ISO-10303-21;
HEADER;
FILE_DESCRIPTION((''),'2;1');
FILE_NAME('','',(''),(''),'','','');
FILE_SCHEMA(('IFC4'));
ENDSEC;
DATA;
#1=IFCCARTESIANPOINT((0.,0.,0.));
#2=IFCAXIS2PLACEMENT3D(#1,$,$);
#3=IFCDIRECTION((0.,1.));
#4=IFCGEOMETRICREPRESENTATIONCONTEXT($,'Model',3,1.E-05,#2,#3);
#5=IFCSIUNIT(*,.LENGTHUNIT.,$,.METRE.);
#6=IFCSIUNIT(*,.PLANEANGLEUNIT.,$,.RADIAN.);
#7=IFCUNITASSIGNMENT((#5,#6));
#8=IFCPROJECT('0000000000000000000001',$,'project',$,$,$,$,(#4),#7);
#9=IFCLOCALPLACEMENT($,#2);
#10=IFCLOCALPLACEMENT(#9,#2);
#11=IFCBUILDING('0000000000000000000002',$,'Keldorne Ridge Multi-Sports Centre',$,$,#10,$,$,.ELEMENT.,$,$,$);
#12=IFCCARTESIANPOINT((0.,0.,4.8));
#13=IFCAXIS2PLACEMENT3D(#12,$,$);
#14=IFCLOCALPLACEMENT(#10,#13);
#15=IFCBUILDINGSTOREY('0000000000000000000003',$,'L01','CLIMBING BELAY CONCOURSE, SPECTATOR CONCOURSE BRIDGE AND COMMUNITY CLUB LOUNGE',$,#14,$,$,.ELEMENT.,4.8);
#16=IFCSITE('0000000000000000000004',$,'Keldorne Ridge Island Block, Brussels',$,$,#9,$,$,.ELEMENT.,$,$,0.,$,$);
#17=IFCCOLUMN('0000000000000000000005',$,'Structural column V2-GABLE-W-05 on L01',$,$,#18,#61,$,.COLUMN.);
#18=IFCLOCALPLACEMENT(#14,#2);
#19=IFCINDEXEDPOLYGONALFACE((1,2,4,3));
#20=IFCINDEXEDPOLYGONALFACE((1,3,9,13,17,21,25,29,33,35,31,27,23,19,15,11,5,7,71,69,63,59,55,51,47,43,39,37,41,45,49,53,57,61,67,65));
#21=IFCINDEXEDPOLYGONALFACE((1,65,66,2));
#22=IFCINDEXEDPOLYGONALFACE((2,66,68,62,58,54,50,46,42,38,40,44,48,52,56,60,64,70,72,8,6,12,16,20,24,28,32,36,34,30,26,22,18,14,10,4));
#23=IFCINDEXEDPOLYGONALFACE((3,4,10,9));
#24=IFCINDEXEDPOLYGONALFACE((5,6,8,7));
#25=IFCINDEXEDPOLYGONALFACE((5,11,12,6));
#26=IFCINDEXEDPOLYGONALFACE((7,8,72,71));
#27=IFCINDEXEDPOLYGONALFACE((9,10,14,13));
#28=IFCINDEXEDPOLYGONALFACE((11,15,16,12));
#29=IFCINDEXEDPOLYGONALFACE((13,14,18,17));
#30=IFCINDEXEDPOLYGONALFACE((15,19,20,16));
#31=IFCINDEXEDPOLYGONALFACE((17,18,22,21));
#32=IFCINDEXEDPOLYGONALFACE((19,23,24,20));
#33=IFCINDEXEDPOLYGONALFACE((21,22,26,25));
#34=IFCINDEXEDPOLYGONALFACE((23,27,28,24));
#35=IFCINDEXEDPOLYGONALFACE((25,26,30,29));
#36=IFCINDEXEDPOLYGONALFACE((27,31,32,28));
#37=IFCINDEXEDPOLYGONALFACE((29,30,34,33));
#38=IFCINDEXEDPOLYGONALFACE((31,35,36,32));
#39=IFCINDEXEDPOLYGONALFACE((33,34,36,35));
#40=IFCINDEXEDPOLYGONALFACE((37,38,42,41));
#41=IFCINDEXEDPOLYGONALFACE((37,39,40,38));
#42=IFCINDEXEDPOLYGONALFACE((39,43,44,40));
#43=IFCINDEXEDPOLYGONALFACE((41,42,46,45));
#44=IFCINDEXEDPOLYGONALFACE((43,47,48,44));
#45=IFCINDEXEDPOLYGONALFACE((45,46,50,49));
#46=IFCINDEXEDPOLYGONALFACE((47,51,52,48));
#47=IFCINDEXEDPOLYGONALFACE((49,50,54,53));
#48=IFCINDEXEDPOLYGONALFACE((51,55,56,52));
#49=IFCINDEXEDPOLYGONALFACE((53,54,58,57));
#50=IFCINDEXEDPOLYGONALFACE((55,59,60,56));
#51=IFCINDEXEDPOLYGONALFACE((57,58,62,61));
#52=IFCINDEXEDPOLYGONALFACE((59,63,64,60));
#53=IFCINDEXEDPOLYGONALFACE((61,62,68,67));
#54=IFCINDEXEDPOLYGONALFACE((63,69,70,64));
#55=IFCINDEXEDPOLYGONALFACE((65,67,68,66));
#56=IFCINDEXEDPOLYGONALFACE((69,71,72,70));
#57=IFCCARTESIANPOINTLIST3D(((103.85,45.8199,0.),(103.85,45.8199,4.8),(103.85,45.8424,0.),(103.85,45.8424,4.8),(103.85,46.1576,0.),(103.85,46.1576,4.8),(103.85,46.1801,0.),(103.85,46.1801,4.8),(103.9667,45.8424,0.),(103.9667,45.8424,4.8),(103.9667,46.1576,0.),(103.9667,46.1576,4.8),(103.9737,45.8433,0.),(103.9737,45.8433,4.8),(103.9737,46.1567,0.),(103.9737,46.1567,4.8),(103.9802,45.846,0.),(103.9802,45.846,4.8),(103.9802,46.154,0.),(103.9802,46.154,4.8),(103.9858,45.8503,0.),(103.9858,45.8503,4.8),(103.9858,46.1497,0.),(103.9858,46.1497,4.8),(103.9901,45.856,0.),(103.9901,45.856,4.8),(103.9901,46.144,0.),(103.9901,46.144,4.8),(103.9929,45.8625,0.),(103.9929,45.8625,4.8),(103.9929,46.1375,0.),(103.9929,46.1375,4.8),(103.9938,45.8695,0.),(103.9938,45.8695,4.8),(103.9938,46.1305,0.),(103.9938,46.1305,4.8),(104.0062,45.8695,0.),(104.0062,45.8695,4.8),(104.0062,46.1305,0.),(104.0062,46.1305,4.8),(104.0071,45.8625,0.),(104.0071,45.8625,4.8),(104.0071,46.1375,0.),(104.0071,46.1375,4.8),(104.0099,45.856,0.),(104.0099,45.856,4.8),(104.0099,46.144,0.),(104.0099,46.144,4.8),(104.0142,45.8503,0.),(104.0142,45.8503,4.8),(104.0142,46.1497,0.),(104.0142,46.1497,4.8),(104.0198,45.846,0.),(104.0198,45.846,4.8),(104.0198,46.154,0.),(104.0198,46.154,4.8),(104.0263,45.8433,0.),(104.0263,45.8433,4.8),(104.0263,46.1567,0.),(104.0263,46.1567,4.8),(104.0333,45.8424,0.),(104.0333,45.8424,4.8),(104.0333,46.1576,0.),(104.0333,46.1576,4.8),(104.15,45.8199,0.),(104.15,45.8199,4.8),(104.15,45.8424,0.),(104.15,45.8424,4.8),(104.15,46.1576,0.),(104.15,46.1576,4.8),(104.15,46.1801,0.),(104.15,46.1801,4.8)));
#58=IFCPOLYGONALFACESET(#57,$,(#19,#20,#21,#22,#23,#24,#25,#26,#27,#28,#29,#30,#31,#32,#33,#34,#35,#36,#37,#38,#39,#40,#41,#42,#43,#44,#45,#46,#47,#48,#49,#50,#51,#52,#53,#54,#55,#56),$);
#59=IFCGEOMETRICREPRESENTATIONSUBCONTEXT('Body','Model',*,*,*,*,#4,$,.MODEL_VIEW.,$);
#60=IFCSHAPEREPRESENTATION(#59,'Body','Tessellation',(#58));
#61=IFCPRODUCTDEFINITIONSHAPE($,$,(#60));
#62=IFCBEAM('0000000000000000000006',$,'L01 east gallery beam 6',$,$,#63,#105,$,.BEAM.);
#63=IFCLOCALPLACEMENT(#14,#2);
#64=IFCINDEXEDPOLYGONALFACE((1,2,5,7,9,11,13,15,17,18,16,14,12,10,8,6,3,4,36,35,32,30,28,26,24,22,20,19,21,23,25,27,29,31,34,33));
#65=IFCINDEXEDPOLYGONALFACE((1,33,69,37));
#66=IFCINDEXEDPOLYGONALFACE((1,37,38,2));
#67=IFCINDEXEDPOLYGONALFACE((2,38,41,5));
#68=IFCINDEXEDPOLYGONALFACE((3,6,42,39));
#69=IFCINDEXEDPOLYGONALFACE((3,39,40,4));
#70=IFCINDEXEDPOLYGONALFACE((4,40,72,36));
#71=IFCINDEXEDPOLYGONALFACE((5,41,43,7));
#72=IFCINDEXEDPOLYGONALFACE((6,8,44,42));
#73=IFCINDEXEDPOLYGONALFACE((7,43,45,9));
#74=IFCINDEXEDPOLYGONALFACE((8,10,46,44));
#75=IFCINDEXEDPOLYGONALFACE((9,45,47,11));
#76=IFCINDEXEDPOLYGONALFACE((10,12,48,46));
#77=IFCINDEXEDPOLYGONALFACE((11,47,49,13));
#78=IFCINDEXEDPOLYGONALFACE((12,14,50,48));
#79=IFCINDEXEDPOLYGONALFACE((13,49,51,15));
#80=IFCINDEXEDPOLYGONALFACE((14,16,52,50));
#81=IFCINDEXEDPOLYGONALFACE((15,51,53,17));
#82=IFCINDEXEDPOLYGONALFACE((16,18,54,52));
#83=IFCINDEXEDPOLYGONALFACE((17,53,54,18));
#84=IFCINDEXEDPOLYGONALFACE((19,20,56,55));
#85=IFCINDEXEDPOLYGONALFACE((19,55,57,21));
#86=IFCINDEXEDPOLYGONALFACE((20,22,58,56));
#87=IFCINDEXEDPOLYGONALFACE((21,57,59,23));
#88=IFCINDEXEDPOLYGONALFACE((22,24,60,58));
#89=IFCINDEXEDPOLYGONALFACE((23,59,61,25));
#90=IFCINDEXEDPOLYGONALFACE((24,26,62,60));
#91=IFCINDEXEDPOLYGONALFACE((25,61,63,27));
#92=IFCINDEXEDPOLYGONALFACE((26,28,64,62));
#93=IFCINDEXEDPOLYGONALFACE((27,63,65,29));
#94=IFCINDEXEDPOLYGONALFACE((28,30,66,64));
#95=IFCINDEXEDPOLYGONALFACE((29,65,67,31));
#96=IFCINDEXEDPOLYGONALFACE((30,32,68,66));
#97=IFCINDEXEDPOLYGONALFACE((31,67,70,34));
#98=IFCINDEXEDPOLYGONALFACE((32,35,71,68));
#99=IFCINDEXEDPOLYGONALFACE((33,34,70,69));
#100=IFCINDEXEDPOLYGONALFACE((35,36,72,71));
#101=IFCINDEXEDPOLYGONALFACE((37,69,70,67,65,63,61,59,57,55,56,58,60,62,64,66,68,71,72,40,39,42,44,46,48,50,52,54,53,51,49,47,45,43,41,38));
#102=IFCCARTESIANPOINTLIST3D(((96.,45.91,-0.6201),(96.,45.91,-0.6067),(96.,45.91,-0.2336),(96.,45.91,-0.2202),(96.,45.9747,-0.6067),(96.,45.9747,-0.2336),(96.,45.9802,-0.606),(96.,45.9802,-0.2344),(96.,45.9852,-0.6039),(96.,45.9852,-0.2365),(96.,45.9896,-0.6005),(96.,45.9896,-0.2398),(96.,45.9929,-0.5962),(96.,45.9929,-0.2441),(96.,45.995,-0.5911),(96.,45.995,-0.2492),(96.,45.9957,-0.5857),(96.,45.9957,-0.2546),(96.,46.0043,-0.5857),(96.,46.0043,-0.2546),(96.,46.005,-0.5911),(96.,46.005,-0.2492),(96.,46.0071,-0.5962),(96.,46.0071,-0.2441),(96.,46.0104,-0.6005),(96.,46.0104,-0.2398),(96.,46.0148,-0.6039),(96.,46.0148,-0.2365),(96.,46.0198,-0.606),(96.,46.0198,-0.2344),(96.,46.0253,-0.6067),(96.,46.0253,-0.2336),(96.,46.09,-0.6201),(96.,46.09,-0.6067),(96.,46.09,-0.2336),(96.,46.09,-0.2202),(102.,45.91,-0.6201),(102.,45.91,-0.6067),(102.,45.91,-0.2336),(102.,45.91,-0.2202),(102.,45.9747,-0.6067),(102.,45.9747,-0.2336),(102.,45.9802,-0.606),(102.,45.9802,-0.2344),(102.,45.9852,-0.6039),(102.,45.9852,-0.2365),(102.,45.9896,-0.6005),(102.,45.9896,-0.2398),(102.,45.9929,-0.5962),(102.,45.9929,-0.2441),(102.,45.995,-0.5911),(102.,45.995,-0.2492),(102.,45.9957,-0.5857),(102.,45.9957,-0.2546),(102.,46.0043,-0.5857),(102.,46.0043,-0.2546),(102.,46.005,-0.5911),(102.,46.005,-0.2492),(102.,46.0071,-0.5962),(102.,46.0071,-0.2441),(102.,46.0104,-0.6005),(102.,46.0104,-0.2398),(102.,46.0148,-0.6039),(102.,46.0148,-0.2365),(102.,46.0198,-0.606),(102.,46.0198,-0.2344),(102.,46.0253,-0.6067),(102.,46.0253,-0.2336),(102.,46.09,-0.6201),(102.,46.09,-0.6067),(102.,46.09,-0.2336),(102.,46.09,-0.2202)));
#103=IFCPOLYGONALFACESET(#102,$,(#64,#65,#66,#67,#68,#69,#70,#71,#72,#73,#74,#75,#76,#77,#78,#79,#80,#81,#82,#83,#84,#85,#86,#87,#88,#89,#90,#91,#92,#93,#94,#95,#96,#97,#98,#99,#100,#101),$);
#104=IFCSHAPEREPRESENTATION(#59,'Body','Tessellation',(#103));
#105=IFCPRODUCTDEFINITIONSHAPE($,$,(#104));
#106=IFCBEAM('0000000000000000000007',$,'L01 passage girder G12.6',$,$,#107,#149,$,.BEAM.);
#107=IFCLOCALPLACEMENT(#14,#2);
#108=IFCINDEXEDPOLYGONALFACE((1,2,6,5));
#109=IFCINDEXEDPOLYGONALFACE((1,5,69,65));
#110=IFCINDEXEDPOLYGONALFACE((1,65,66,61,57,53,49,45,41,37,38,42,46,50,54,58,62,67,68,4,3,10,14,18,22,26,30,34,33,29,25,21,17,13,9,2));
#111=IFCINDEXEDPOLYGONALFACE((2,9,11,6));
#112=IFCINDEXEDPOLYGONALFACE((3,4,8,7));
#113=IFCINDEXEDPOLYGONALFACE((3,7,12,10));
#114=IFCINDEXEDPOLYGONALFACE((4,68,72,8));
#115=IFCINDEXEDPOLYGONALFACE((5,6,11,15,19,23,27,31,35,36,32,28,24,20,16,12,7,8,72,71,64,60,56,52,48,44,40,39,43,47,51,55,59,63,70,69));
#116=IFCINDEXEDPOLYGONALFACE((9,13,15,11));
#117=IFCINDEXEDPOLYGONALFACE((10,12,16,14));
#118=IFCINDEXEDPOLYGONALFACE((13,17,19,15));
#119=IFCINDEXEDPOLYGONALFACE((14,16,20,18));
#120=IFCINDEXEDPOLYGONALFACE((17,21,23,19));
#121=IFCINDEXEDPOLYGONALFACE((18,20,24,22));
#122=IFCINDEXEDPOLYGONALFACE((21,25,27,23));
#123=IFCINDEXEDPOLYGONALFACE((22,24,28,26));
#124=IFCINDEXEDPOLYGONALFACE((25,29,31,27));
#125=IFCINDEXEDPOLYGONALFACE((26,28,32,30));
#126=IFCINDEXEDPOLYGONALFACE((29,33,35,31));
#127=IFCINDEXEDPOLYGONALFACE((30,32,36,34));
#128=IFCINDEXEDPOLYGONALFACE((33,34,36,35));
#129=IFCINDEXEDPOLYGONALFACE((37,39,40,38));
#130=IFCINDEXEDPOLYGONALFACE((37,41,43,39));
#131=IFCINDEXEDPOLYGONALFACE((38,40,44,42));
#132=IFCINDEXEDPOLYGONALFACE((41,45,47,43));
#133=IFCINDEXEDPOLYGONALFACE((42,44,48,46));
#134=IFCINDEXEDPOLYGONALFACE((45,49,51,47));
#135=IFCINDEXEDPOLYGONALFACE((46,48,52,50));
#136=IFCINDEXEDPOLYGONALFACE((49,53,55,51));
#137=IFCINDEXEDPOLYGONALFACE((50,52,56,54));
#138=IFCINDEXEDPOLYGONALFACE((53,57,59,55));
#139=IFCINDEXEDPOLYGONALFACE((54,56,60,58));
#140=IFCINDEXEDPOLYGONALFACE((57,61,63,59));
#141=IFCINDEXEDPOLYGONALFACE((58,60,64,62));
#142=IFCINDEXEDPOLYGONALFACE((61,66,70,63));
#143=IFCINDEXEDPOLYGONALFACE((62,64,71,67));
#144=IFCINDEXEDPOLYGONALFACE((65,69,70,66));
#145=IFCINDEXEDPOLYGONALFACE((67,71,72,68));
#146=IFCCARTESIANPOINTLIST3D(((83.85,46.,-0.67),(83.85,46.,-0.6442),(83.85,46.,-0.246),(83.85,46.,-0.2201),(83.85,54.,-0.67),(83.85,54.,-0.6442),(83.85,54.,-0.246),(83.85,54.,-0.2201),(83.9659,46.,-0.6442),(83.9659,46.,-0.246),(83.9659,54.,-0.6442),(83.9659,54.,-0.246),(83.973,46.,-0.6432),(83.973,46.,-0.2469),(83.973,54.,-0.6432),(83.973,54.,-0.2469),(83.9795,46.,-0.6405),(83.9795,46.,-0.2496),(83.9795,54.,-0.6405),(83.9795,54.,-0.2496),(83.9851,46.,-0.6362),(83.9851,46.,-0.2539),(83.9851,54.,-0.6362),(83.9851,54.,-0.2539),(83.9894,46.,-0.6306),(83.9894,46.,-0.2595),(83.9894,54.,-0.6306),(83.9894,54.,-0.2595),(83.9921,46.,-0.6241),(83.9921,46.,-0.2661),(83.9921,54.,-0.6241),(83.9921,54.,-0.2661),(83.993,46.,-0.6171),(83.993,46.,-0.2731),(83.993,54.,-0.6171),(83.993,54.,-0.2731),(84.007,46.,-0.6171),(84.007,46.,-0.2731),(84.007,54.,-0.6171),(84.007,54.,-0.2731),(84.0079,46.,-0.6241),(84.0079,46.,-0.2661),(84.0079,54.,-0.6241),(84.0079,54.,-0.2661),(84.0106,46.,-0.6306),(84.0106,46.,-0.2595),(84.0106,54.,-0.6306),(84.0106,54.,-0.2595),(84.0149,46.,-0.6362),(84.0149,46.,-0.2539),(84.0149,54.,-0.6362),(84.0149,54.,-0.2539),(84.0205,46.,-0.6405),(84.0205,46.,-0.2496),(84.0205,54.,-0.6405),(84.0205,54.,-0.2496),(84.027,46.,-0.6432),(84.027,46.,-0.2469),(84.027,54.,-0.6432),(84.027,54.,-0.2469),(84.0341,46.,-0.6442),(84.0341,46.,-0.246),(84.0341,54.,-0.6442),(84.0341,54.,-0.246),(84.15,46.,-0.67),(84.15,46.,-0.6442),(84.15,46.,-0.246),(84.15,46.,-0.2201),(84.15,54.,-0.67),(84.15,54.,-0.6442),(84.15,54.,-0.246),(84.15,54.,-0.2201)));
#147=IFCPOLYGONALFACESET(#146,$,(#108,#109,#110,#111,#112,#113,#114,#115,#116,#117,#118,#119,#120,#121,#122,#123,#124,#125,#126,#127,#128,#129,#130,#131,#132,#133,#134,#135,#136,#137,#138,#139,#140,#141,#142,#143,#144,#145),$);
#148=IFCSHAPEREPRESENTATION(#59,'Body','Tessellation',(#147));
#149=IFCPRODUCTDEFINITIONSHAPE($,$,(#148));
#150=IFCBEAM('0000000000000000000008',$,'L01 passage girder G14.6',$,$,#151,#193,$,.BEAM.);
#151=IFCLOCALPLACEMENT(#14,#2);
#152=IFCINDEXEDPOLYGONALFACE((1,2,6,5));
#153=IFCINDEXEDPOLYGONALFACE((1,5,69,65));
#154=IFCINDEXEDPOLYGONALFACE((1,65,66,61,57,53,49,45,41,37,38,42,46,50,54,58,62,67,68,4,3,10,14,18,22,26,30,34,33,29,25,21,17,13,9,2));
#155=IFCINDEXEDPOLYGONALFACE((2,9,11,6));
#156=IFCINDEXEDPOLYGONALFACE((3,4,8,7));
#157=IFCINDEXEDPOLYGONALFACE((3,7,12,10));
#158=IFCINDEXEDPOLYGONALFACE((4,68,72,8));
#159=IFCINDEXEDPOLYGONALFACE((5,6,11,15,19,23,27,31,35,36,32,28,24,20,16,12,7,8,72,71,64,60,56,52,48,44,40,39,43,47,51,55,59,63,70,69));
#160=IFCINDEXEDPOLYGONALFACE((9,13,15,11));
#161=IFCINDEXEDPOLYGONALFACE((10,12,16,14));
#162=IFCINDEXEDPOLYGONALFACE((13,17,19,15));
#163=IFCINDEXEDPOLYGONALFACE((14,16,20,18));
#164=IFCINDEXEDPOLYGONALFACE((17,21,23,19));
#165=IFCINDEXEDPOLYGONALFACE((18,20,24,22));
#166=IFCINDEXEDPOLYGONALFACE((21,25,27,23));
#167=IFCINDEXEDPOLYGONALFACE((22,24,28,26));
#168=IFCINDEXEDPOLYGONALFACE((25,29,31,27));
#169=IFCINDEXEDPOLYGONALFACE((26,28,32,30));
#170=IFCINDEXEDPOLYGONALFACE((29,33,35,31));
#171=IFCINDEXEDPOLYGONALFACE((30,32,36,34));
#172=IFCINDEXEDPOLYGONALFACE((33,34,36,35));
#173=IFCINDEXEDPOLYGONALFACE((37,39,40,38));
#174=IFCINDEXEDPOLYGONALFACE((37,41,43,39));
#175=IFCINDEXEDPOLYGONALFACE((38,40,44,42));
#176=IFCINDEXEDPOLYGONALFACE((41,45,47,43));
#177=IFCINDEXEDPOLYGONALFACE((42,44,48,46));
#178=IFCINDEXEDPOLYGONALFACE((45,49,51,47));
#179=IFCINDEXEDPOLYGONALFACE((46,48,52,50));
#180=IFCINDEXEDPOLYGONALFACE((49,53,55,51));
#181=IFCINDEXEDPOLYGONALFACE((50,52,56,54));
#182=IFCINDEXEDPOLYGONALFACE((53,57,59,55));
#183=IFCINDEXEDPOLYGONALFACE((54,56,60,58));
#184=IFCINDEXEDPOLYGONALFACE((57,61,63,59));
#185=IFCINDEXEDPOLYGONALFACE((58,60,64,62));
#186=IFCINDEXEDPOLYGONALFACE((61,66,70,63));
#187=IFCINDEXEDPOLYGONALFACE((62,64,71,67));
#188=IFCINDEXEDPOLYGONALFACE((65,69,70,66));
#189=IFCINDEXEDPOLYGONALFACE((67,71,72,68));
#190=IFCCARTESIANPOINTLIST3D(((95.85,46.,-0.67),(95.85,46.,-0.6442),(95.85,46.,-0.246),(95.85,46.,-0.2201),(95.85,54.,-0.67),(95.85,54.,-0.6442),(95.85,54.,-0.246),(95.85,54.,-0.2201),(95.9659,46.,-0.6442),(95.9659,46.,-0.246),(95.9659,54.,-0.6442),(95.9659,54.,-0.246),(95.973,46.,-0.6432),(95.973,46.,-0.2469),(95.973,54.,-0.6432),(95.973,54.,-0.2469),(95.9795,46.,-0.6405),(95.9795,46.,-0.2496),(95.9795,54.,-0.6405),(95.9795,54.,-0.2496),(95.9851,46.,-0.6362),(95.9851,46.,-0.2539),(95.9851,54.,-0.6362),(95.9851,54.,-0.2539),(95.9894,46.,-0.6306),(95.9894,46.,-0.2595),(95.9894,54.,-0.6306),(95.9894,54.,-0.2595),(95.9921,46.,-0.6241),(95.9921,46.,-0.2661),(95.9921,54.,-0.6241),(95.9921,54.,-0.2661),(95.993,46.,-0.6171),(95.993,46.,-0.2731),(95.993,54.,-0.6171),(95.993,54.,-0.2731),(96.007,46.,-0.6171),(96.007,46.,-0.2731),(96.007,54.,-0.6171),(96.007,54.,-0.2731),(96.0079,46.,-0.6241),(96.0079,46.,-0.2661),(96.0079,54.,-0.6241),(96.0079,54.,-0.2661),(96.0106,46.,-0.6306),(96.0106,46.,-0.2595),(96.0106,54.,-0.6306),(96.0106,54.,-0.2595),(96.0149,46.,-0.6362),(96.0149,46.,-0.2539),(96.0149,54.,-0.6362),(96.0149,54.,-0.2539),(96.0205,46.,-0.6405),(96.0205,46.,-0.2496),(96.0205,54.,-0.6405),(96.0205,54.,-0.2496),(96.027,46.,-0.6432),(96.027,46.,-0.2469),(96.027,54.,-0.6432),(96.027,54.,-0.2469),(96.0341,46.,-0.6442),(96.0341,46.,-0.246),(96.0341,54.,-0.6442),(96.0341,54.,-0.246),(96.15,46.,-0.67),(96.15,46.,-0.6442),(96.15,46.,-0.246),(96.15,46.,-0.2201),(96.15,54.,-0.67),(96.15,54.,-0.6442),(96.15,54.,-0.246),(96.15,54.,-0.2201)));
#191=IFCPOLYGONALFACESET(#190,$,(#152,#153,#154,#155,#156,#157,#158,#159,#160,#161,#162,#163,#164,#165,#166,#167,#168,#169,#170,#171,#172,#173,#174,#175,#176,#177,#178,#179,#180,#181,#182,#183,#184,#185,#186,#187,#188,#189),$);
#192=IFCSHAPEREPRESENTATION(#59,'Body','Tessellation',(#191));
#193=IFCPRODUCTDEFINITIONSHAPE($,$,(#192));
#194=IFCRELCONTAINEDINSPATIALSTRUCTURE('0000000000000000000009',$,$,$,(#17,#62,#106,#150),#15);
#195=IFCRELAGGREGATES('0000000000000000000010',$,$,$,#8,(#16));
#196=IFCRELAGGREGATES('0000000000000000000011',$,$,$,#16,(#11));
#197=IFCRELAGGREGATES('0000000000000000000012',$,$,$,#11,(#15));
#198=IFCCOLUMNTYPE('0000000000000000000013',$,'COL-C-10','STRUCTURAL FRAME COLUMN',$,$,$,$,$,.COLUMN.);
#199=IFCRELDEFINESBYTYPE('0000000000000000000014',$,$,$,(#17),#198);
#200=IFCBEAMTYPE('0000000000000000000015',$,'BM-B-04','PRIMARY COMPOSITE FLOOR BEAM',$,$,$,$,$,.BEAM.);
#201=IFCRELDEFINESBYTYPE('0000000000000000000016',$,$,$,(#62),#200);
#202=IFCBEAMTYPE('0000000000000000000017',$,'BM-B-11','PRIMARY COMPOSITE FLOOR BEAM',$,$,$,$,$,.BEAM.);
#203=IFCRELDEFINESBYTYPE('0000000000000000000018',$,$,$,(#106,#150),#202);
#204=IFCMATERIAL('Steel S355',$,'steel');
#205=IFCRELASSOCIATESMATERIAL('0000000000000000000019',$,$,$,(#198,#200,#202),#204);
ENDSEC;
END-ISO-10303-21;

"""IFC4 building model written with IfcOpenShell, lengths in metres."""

from ifc_helpers import new_model, si_unit, direction, frame, origin, origin_2d, place, context, subcontext, project, spatial, i_section, extrude, material, material_profile, profile_set, type_object, element, save


model = new_model("IFC4")

# Units and contexts
model_context = context("Model", 3, precision=1e-05, world=origin(), true_north=direction((0.0, 1.0)))
body_context = subcontext(model_context, "Body", "Model", "MODEL_VIEW")
ifc_project = project(units=[si_unit("LENGTHUNIT", "METRE"), si_unit("PLANEANGLEUNIT", "RADIAN")], contexts=[model_context])

# Site, building, storey
site_placement = place(None, origin())
site = spatial("IfcSite", under=ifc_project, at=site_placement, Name="Keldorne Ridge Island Block, Brussels", CompositionType="ELEMENT", RefElevation=0.0)
building_placement = place(site_placement, origin())
building = spatial("IfcBuilding", under=site, at=building_placement, Name="Keldorne Ridge Multi-Sports Centre", CompositionType="ELEMENT")
storey_placement = place(building_placement, frame((0.0, 0.0, 4.8)))
storey = spatial("IfcBuildingStorey", under=building, at=storey_placement, Name="L01", Description="CLIMBING BELAY CONCOURSE, SPECTATOR CONCOURSE BRIDGE AND COMMUNITY CLUB LOUNGE", CompositionType="ELEMENT", Elevation=4.8)

# Column
ifc_material_1 = material(Name="Steel S355", Category="steel")
ifc_material_profile_1 = material_profile(ifc_material_1, i_section(OverallWidth=0.3, OverallDepth=0.3601, WebThickness=0.0125, FlangeThickness=0.0225, FilletRadius=0.0271, at=origin_2d()), Name="HEB 360")
ifc_profile_set_1 = profile_set([ifc_material_profile_1], Name="Steel S355")
column_type_1 = type_object("IfcColumnType", Name="COL-C-10", Description="STRUCTURAL FRAME COLUMN", PredefinedType="COLUMN", material=ifc_profile_set_1)
column_placement = place(storey_placement, frame((104.0, 46.0, 0.0), z_axis=(0.0, 0.0, 1.0), x_axis=(1.0, 0.0, 0.0)))
element("IfcColumn", 1, at=column_placement, inside=storey, type_object=column_type_1, Name="Structural column V2-GABLE-W-05 on L01", PredefinedType="COLUMN", context=body_context, shape_type="SweptSolid", body=[
    extrude(i_section(OverallWidth=0.3, OverallDepth=0.3601, WebThickness=0.0125, FlangeThickness=0.0225, FilletRadius=0.0271, at=origin_2d()), origin(), (0.0, 0.0, 1.0), 4.8),
])

# Beams
ifc_material_profile_2 = material_profile(ifc_material_1, i_section(OverallWidth=0.1799, OverallDepth=0.3999, WebThickness=0.0085, FlangeThickness=0.0134, FilletRadius=0.021, at=origin_2d()), Name="IPE 400")
ifc_profile_set_2 = profile_set([ifc_material_profile_2], Name="Steel S355")
beam_type_1 = type_object("IfcBeamType", Name="BM-B-04", Description="PRIMARY COMPOSITE FLOOR BEAM", PredefinedType="BEAM", material=ifc_profile_set_2)
beam_placement = place(storey_placement, frame((96.0, 46.0, -0.4202), z_axis=(1.0, 0.0, 0.0), x_axis=(0.0, 1.0, 0.0)))
element("IfcBeam", 2, at=beam_placement, inside=storey, type_object=beam_type_1, Name="L01 east gallery beam 6", PredefinedType="BEAM", context=body_context, shape_type="SweptSolid", body=[
    extrude(i_section(OverallWidth=0.1799, OverallDepth=0.3999, WebThickness=0.0085, FlangeThickness=0.0134, FilletRadius=0.021, at=origin_2d()), origin(), (0.0, 0.0, 1.0), 6.0),
])
ifc_material_profile_3 = material_profile(ifc_material_1, i_section(OverallWidth=0.3, OverallDepth=0.45, WebThickness=0.0139, FlangeThickness=0.0259, FilletRadius=0.0271, at=origin_2d()), Name="HEB 450")
ifc_profile_set_3 = profile_set([ifc_material_profile_3], Name="Steel S355")
beam_type_2 = type_object("IfcBeamType", Name="BM-B-11", Description="PRIMARY COMPOSITE FLOOR BEAM", PredefinedType="BEAM", material=ifc_profile_set_3)
for number, where, z_axis, x_axis, name in (
    (3, (84.0, 46.0, -0.4451), (0.0, 1.0, 0.0), (-1.0, 0.0, 0.0), "L01 passage girder G12.6"),
    (4, (96.0, 46.0, -0.4451), (0.0, 1.0, 0.0), (-1.0, 0.0, 0.0), "L01 passage girder G14.6"),
):
    element("IfcBeam", number, at=place(storey_placement, frame(where, z_axis=z_axis, x_axis=x_axis)), inside=storey, type_object=beam_type_2, Name=name, PredefinedType="BEAM", context=body_context, shape_type="SweptSolid", body=[
        extrude(i_section(OverallWidth=0.3, OverallDepth=0.45, WebThickness=0.0139, FlangeThickness=0.0259, FilletRadius=0.0271, at=origin_2d()), origin(), (0.0, 0.0, 1.0), 8.0),
    ])

save(model, "model.ifc")
